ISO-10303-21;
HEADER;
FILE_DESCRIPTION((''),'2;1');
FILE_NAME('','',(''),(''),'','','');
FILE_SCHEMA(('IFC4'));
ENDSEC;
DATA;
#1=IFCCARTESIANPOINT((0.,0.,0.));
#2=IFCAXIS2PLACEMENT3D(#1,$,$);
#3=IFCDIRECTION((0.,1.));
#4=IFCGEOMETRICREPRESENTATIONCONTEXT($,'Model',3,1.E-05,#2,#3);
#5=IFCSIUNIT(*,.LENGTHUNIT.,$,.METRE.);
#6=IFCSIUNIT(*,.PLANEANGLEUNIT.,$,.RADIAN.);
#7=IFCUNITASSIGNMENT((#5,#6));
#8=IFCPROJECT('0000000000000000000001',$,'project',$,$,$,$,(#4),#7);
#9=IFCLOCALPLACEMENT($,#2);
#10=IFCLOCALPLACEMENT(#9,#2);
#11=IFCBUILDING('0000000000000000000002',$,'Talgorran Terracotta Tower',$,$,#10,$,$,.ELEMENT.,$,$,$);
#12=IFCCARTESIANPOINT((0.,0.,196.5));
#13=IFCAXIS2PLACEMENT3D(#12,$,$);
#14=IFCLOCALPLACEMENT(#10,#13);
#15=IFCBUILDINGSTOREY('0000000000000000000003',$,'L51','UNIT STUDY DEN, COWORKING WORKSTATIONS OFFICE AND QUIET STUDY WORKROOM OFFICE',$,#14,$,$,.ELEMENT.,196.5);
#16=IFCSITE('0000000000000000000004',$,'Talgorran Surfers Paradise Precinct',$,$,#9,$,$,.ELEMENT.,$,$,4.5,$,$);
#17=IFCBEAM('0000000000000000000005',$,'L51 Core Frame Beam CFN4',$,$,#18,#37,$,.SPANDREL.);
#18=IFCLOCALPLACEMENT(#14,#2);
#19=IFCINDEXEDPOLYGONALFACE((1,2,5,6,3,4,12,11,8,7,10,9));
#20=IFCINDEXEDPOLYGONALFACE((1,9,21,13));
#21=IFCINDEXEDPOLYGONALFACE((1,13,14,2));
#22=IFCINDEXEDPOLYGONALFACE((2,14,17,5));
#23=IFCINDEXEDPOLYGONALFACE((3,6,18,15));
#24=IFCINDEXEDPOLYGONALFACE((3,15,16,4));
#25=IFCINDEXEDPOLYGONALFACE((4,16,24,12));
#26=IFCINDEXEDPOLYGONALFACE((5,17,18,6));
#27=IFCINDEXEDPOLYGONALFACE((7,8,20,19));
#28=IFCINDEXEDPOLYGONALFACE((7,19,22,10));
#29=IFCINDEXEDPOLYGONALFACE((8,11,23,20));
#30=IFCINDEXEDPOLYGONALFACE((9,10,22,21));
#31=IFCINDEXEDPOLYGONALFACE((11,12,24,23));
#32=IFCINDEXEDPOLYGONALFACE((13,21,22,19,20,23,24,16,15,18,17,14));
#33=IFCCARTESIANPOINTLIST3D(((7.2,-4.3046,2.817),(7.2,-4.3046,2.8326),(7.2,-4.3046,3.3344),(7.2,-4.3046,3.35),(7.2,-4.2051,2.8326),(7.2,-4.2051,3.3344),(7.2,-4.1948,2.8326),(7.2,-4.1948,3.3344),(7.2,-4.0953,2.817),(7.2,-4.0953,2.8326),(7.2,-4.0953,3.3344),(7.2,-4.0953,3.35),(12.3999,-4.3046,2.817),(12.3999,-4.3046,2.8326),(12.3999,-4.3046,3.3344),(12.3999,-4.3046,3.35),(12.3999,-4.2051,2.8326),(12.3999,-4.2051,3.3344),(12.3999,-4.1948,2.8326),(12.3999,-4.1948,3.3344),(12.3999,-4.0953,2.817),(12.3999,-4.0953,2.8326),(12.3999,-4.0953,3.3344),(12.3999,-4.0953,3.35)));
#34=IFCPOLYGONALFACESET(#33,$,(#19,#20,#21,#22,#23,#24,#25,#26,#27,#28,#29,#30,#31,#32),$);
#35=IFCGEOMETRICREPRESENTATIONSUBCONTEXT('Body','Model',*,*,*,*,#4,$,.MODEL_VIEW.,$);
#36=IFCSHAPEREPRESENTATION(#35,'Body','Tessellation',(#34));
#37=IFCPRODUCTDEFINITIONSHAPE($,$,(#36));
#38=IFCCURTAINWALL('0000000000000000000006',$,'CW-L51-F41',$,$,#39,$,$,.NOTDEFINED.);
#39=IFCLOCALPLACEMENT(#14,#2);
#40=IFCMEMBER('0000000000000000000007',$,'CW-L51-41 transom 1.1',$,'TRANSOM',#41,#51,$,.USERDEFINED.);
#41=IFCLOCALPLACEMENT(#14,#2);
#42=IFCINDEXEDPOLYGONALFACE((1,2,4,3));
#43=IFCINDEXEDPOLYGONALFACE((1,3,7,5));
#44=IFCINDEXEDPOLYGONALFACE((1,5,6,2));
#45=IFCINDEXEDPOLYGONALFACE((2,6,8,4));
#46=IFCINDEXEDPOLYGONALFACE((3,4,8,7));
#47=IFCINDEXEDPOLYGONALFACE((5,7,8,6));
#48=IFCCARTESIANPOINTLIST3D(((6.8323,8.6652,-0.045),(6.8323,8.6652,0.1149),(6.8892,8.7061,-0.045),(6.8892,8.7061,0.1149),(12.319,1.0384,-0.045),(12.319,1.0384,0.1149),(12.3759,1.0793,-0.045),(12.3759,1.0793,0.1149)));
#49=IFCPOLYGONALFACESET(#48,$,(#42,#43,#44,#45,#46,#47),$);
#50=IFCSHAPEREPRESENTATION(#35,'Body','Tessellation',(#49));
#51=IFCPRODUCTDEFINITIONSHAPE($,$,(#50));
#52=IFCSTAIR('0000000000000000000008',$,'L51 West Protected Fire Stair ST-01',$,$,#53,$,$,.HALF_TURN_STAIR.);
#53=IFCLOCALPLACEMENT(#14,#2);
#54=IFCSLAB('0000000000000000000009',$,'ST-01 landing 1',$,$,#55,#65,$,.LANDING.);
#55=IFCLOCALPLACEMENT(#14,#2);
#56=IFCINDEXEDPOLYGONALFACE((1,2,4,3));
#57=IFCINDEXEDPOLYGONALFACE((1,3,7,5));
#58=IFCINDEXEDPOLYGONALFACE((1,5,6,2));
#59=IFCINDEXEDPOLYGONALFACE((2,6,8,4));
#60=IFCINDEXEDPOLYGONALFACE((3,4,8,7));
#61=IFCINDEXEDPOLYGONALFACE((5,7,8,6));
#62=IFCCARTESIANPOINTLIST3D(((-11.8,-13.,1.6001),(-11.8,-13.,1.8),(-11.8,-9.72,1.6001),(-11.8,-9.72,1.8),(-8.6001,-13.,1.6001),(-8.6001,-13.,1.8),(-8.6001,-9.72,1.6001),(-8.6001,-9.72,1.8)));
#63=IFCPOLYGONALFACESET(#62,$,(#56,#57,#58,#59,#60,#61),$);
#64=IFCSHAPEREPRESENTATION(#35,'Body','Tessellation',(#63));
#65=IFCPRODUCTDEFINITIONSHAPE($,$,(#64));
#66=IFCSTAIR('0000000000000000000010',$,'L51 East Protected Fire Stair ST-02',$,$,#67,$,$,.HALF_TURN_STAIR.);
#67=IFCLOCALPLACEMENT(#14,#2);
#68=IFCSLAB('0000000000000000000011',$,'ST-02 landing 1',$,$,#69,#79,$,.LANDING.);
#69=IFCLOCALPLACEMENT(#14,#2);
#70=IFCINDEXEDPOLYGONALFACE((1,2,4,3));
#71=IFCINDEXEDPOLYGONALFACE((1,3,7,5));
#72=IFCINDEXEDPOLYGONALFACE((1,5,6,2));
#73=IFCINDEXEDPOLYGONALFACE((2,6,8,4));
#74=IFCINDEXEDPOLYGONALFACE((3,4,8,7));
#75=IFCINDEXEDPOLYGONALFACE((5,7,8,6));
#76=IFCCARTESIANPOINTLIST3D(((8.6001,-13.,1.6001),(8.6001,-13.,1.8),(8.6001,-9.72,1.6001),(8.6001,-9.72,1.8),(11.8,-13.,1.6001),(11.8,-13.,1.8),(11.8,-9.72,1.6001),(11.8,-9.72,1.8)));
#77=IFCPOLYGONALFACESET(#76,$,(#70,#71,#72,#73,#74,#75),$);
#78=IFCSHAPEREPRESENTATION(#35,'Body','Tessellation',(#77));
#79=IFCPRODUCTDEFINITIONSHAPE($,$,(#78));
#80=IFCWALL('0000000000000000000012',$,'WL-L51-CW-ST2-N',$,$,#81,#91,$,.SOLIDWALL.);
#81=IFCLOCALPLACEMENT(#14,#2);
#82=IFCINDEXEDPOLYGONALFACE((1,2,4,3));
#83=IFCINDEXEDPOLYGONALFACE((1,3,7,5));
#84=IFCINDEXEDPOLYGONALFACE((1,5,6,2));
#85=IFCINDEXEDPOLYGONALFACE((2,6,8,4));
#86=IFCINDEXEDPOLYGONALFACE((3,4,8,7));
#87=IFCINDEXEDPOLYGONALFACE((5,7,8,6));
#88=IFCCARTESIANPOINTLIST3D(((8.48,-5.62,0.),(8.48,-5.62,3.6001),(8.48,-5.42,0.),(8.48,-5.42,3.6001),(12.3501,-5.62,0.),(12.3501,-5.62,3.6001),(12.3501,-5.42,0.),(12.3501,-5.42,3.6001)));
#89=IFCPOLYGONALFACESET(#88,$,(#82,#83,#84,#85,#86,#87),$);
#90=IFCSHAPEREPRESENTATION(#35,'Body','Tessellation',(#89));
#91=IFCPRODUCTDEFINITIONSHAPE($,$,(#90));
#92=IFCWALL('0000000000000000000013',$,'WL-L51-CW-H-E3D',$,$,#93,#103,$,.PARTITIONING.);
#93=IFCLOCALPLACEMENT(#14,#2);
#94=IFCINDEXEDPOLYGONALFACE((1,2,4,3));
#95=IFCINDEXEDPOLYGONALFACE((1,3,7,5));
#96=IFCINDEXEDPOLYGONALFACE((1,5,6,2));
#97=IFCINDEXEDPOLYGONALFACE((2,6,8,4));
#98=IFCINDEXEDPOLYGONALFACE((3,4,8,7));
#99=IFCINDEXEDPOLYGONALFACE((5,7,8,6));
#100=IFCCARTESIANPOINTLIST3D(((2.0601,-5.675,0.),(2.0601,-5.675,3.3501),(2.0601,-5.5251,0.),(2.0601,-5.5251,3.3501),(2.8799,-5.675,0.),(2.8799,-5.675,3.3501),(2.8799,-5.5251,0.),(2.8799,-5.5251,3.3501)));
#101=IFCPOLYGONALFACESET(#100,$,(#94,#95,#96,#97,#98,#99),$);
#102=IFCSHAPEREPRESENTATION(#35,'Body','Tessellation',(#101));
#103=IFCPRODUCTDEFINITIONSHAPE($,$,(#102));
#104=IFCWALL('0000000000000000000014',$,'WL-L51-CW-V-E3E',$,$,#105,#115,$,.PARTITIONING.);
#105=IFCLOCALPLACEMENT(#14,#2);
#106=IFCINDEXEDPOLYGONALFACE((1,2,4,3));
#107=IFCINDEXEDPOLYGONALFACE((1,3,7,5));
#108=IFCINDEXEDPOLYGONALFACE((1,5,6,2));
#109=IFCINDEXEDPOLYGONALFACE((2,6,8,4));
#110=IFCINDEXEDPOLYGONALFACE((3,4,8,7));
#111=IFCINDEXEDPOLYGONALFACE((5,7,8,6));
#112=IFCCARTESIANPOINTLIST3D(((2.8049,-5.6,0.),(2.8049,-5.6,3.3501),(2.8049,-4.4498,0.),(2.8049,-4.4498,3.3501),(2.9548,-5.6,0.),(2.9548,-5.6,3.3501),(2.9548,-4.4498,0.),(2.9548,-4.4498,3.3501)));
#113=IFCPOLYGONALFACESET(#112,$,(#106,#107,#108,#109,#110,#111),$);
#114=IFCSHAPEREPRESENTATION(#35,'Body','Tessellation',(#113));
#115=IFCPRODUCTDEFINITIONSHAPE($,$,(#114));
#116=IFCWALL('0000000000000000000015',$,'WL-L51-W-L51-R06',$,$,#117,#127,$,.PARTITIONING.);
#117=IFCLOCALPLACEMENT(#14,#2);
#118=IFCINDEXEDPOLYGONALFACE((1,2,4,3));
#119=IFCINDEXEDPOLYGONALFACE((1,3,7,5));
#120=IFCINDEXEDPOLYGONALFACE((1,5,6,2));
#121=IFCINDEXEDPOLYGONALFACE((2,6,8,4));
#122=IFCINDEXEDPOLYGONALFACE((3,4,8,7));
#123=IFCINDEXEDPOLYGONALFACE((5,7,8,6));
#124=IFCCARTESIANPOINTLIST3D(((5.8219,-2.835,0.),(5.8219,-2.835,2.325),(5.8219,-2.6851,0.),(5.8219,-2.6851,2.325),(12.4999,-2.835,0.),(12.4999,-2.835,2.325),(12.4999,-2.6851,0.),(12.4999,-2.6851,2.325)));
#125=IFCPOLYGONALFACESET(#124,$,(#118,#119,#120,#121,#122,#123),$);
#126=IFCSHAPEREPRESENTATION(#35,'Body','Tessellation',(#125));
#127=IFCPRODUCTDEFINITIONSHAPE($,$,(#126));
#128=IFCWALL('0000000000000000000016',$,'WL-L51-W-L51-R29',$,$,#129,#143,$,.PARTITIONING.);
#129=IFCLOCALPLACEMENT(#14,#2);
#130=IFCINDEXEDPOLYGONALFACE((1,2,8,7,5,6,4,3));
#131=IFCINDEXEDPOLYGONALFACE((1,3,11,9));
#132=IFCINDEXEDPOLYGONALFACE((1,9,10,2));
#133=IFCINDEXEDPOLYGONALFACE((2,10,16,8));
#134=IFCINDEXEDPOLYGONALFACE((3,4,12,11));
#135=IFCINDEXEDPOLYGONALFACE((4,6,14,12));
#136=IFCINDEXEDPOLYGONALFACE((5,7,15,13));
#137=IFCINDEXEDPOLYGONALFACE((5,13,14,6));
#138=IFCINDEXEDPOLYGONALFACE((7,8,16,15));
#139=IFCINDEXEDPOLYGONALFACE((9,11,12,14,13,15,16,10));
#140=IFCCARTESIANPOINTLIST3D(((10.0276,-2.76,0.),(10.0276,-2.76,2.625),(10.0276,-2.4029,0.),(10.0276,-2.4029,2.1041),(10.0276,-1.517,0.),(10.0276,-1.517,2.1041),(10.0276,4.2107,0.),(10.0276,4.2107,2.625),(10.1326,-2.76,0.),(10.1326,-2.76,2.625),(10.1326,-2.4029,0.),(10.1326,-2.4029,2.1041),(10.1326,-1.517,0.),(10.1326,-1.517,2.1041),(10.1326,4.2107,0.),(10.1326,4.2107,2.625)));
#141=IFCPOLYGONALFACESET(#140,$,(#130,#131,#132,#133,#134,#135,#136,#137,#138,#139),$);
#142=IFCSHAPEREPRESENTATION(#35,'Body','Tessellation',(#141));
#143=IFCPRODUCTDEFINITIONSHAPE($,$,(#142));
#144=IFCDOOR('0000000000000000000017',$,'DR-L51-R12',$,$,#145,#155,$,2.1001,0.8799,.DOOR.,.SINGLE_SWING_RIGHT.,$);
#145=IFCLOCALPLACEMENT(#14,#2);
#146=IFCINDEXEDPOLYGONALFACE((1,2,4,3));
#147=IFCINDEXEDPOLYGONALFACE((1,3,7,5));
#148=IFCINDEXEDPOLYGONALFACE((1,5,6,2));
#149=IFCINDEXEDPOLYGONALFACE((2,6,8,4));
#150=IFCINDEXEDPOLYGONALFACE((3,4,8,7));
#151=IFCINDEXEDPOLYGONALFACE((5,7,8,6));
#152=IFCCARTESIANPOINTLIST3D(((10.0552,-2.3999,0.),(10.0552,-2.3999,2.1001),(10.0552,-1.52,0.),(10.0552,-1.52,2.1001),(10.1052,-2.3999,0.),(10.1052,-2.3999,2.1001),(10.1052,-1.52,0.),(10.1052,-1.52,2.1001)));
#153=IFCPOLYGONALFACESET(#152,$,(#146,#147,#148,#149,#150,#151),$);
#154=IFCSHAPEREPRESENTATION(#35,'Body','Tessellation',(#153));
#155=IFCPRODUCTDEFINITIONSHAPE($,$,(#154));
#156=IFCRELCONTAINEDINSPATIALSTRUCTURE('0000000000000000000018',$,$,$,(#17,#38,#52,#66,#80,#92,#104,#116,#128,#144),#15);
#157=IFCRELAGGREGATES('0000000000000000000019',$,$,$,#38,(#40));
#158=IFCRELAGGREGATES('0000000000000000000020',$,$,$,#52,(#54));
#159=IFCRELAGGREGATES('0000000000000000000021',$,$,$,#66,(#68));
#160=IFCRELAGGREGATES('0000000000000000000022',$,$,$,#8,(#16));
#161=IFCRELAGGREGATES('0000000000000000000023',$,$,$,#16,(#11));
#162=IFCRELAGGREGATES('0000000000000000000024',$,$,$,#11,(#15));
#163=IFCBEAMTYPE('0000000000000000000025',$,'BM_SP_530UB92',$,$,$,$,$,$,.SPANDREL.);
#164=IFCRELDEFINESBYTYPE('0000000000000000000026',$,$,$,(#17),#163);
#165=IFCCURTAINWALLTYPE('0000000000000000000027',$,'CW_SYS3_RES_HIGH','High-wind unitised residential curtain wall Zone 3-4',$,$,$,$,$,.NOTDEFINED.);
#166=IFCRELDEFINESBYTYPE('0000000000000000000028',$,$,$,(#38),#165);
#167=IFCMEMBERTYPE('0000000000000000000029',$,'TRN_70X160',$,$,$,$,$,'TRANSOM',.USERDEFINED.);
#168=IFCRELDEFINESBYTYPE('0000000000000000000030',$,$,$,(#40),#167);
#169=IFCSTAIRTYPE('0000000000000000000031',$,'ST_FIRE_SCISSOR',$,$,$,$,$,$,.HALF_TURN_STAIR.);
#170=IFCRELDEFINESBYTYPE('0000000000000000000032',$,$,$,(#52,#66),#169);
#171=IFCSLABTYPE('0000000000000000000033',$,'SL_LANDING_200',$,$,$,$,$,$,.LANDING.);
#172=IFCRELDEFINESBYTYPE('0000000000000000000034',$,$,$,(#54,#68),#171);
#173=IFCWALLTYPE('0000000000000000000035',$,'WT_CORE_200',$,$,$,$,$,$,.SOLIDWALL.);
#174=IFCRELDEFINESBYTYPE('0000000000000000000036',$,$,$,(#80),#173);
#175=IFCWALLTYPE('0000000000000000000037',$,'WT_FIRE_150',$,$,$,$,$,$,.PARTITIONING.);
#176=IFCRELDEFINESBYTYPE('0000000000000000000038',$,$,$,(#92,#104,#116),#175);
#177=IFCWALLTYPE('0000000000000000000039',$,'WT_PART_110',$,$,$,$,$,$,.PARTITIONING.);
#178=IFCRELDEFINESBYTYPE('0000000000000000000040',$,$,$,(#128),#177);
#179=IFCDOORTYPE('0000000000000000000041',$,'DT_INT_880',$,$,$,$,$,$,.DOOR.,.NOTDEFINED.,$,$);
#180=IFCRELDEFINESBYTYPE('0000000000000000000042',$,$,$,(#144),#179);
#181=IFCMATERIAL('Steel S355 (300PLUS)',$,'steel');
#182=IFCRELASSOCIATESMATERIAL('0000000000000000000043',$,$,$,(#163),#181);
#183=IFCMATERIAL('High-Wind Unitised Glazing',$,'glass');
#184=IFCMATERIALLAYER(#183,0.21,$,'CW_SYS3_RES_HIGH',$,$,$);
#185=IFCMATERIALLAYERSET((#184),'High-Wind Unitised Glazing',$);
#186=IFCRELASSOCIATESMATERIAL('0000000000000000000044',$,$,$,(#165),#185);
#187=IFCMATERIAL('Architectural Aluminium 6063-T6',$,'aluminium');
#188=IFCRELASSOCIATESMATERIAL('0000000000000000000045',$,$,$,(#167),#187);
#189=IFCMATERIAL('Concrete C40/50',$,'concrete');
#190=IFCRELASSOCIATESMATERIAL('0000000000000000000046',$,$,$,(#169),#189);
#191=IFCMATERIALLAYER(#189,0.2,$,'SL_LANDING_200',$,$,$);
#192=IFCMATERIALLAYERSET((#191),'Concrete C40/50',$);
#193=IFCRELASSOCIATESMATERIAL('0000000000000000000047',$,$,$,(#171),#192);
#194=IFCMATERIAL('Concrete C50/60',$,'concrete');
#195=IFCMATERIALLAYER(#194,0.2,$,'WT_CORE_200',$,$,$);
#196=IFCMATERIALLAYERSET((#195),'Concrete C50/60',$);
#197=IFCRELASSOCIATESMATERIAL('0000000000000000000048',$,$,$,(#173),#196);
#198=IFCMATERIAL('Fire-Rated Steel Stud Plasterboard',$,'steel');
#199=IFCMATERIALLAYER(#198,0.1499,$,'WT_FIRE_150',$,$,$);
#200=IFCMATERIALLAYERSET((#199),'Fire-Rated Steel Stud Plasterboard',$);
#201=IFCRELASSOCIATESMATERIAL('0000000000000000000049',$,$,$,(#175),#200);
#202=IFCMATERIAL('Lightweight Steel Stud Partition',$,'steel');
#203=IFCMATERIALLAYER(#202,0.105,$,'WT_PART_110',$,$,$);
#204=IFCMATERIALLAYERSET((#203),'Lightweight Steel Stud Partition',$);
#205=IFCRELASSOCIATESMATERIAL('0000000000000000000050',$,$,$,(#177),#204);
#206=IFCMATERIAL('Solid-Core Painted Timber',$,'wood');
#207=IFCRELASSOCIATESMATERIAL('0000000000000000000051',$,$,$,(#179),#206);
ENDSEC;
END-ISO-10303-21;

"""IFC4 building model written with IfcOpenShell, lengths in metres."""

from ifc_helpers import new_model, si_unit, direction, frame, frame_2d, origin, origin_2d, place, context, subcontext, project, spatial, polyline, rectangle, i_section, outline, extrude, material, layer, layer_set, material_profile, profile_set, type_object, element, fill, aggregate, save


model = new_model("IFC4")

# Units and contexts
model_context = context("Model", 3, precision=1e-05, world=origin(), true_north=direction((0.0, 1.0)))
body_context = subcontext(model_context, "Body", "Model", "MODEL_VIEW")
ifc_project = project(units=[si_unit("LENGTHUNIT", "METRE"), si_unit("PLANEANGLEUNIT", "RADIAN")], contexts=[model_context])

# Site, building, storey
site_placement = place(None, origin())
site = spatial("IfcSite", under=ifc_project, at=site_placement, Name="Talgorran Surfers Paradise Precinct", CompositionType="ELEMENT", RefElevation=4.5)
building_placement = place(site_placement, origin())
building = spatial("IfcBuilding", under=site, at=building_placement, Name="Talgorran Terracotta Tower", CompositionType="ELEMENT")
storey_placement = place(building_placement, frame((0.0, 0.0, 196.5)))
storey = spatial("IfcBuildingStorey", under=building, at=storey_placement, Name="L51", Description="UNIT STUDY DEN, COWORKING WORKSTATIONS OFFICE AND QUIET STUDY WORKROOM OFFICE", CompositionType="ELEMENT", Elevation=196.5)

# Shared definitions
ifc_material_1 = material(Name="Steel S355 (300PLUS)", Category="steel")

# Beam
ifc_material_profile_1 = material_profile(ifc_material_1, i_section(OverallWidth=0.2092, OverallDepth=0.533, WebThickness=0.0103, FlangeThickness=0.0156, at=origin_2d()), Name="530UB92.4")
ifc_profile_set_1 = profile_set([ifc_material_profile_1], Name="Steel S355 (300PLUS)")
beam_type_1 = type_object("IfcBeamType", Name="BM_SP_530UB92", PredefinedType="SPANDREL", material=ifc_profile_set_1)
beam_1_placement = place(storey_placement, frame((7.2, -4.2, 3.0835), z_axis=(1.0, 0.0, 0.0), x_axis=(0.0, 1.0, 0.0)))
element("IfcBeam", 1, at=beam_1_placement, inside=storey, type_object=beam_type_1, Name="L51 Core Frame Beam CFN4", PredefinedType="SPANDREL", context=body_context, shape_type="SweptSolid", body=[
    extrude(i_section(OverallWidth=0.2092, OverallDepth=0.533, WebThickness=0.0103, FlangeThickness=0.0156, at=origin_2d()), origin(), (0.0, 0.0, 1.0), 5.2),
])

# Curtain wall, member
ifc_material_2 = material(Name="High-Wind Unitised Glazing", Category="glass")
ifc_layer_1 = layer(ifc_material_2, 0.21, Name="CW_SYS3_RES_HIGH")
ifc_layer_set_1 = layer_set([ifc_layer_1], Name="High-Wind Unitised Glazing")
curtain_wall_type = type_object("IfcCurtainWallType", Name="CW_SYS3_RES_HIGH", Description="High-wind unitised residential curtain wall Zone 3-4", PredefinedType="NOTDEFINED", material=ifc_layer_set_1)
curtain_wall_placement = place(storey_placement, origin())
curtain_wall = element("IfcCurtainWall", 2, at=curtain_wall_placement, inside=storey, type_object=curtain_wall_type, Name="CW-L51-F41", PredefinedType="NOTDEFINED")
ifc_material_3 = material(Name="Architectural Aluminium 6063-T6", Category="aluminium")
ifc_material_profile_2 = material_profile(ifc_material_3, rectangle(XDim=0.0701, YDim=0.1599, at=origin_2d()), Name="CWT70X160")
ifc_profile_set_2 = profile_set([ifc_material_profile_2], Name="Architectural Aluminium 6063-T6")
member_type = type_object("IfcMemberType", Name="TRN_70X160", ElementType="TRANSOM", PredefinedType="USERDEFINED", material=ifc_profile_set_2)
member_placement = place(storey_placement, frame((12.3474, 1.0588, 0.0349), z_axis=(-0.583978, 0.811769, 0.0), x_axis=(-0.811769, -0.583978, 0.0)))
member = element("IfcMember", 3, at=member_placement, type_object=member_type, Name="CW-L51-41 transom 1.1", ObjectType="TRANSOM", PredefinedType="USERDEFINED", context=body_context, shape_type="SweptSolid", body=[
    extrude(rectangle(XDim=0.0701, YDim=0.1599, at=origin_2d()), origin(), (0.0, 0.0, 1.0), 9.3953),
])
aggregate(curtain_wall, [member])

# Stairs, slabs
ifc_material_4 = material(Name="Concrete C40/50", Category="concrete")
stair_type = type_object("IfcStairType", Name="ST_FIRE_SCISSOR", PredefinedType="HALF_TURN_STAIR", material=ifc_material_4)
stair_1_placement = place(storey_placement, origin())
stair_1 = element("IfcStair", 4, at=stair_1_placement, inside=storey, type_object=stair_type, Name="L51 West Protected Fire Stair ST-01", PredefinedType="HALF_TURN_STAIR")
ifc_layer_2 = layer(ifc_material_4, 0.2, Name="SL_LANDING_200")
ifc_layer_set_2 = layer_set([ifc_layer_2], Name="Concrete C40/50")
slab_type = type_object("IfcSlabType", Name="SL_LANDING_200", PredefinedType="LANDING", material=ifc_layer_set_2)
slab_1_placement = place(storey_placement, frame((0.0, 0.0, 1.6001)))
slab_1 = element("IfcSlab", 5, at=slab_1_placement, type_object=slab_type, Name="ST-01 landing 1", PredefinedType="LANDING", context=body_context, shape_type="SweptSolid", body=[
    extrude(outline(polyline([(-11.8, -9.72), (-11.8, -13.0), (-8.6001, -13.0), (-8.6001, -9.72), (-11.8, -9.72)])), origin(), (0.0, 0.0, 1.0), 0.2),
])
aggregate(stair_1, [slab_1])
stair_2_placement = place(storey_placement, origin())
stair_2 = element("IfcStair", 6, at=stair_2_placement, inside=storey, type_object=stair_type, Name="L51 East Protected Fire Stair ST-02", PredefinedType="HALF_TURN_STAIR")
slab_2_placement = place(storey_placement, frame((0.0, 0.0, 1.6001)))
slab_2 = element("IfcSlab", 7, at=slab_2_placement, type_object=slab_type, Name="ST-02 landing 1", PredefinedType="LANDING", context=body_context, shape_type="SweptSolid", body=[
    extrude(outline(polyline([(8.6001, -9.72), (8.6001, -13.0), (11.8, -13.0), (11.8, -9.72), (8.6001, -9.72)])), origin(), (0.0, 0.0, 1.0), 0.2),
])
aggregate(stair_2, [slab_2])

# Walls
ifc_material_5 = material(Name="Concrete C50/60", Category="concrete")
ifc_layer_3 = layer(ifc_material_5, 0.2, Name="WT_CORE_200")
ifc_layer_set_3 = layer_set([ifc_layer_3], Name="Concrete C50/60")
wall_type_1 = type_object("IfcWallType", Name="WT_CORE_200", PredefinedType="SOLIDWALL", material=ifc_layer_set_3)
wall_1_placement = place(storey_placement, frame((8.48, -5.52, 0.0), z_axis=(0.0, 0.0, 1.0), x_axis=(1.0, 0.0, 0.0)))
element("IfcWall", 8, at=wall_1_placement, inside=storey, type_object=wall_type_1, Name="WL-L51-CW-ST2-N", PredefinedType="SOLIDWALL", context=body_context, shape_type="SweptSolid", body=[
    extrude(rectangle(XDim=3.8701, YDim=0.2, at=frame_2d((1.9351, 0.0))), origin(), (0.0, 0.0, 1.0), 3.6001),
])
ifc_material_6 = material(Name="Fire-Rated Steel Stud Plasterboard", Category="steel")
ifc_layer_4 = layer(ifc_material_6, 0.1499, Name="WT_FIRE_150")
ifc_layer_set_4 = layer_set([ifc_layer_4], Name="Fire-Rated Steel Stud Plasterboard")
wall_type_2 = type_object("IfcWallType", Name="WT_FIRE_150", PredefinedType="PARTITIONING", material=ifc_layer_set_4)
wall_2_placement = place(storey_placement, frame((2.0601, -5.6001, 0.0), z_axis=(0.0, 0.0, 1.0), x_axis=(1.0, 0.0, 0.0)))
element("IfcWall", 9, at=wall_2_placement, inside=storey, type_object=wall_type_2, Name="WL-L51-CW-H-E3D", PredefinedType="PARTITIONING", context=body_context, shape_type="SweptSolid", body=[
    extrude(rectangle(XDim=0.8198, YDim=0.1499, at=frame_2d((0.4099, 0.0))), origin(), (0.0, 0.0, 1.0), 3.3501),
])
wall_3_placement = place(storey_placement, frame((2.8799, -5.6001, 0.0), z_axis=(0.0, 0.0, 1.0), x_axis=(0.0, 1.0, 0.0)))
element("IfcWall", 10, at=wall_3_placement, inside=storey, type_object=wall_type_2, Name="WL-L51-CW-V-E3E", PredefinedType="PARTITIONING", context=body_context, shape_type="SweptSolid", body=[
    extrude(rectangle(XDim=1.1501, YDim=0.1499, at=frame_2d((0.5752, 0.0))), origin(), (0.0, 0.0, 1.0), 3.3501),
])
wall_4_placement = place(storey_placement, frame((5.822, -2.76, 0.0), z_axis=(0.0, 0.0, 1.0), x_axis=(1.0, 0.0, 0.0)))
element("IfcWall", 11, at=wall_4_placement, inside=storey, type_object=wall_type_2, Name="WL-L51-W-L51-R06", PredefinedType="PARTITIONING", context=body_context, shape_type="SweptSolid", body=[
    extrude(rectangle(XDim=6.678, YDim=0.1499, at=frame_2d((3.3389, 0.0))), origin(), (0.0, 0.0, 1.0), 2.325),
])

# Wall, opening, door
ifc_material_7 = material(Name="Lightweight Steel Stud Partition", Category="steel")
ifc_layer_5 = layer(ifc_material_7, 0.105, Name="WT_PART_110")
ifc_layer_set_5 = layer_set([ifc_layer_5], Name="Lightweight Steel Stud Partition")
wall_type_3 = type_object("IfcWallType", Name="WT_PART_110", PredefinedType="PARTITIONING", material=ifc_layer_set_5)
wall_5_placement = place(storey_placement, frame((10.0801, -2.76, 0.0), z_axis=(0.0, 0.0, 1.0), x_axis=(0.0, 1.0, 0.0)))
wall_5 = element("IfcWall", 12, at=wall_5_placement, inside=storey, type_object=wall_type_3, Name="WL-L51-W-L51-R29", PredefinedType="PARTITIONING", context=body_context, shape_type="SweptSolid", body=[
    extrude(rectangle(XDim=6.9707, YDim=0.105, at=frame_2d((3.4854, 0.0))), origin(), (0.0, 0.0, 1.0), 2.625),
])
opening_1_placement = place(wall_5_placement, frame((0.3601, 0.0, 0.0)))
opening_1 = element("IfcOpeningElement", 13, at=opening_1_placement, cuts=wall_5, PredefinedType="OPENING", context=body_context, shape_type="SweptSolid", body=[
    extrude(rectangle(XDim=0.8859, YDim=2.1041, at=frame_2d((0.4399, 1.052))), frame((0.0, 0.0625, 0.0), z_axis=(0.0, -1.0, 0.0), x_axis=(1.0, 0.0, 0.0)), (0.0, 0.0, 1.0), 0.125),
])
ifc_material_8 = material(Name="Solid-Core Painted Timber", Category="wood")
door_type = type_object("IfcDoorType", Name="DT_INT_880", OperationType="NOTDEFINED", PredefinedType="DOOR", material=ifc_material_8)
door_1_placement = place(opening_1_placement, origin())
door_1 = element("IfcDoor", 14, at=door_1_placement, inside=storey, type_object=door_type, Name="DR-L51-R12", OperationType="SINGLE_SWING_RIGHT", OverallHeight=2.1001, OverallWidth=0.8799, PredefinedType="DOOR", context=body_context, shape_type="SweptSolid", body=[
    extrude(rectangle(XDim=0.8799, YDim=2.1001, at=frame_2d((0.4399, 1.05))), frame((0.0, 0.0249, 0.0), z_axis=(0.0, -1.0, 0.0), x_axis=(1.0, 0.0, 0.0)), (0.0, 0.0, 1.0), 0.05),
])
fill(opening_1, door_1)

save(model, "model.ifc")
